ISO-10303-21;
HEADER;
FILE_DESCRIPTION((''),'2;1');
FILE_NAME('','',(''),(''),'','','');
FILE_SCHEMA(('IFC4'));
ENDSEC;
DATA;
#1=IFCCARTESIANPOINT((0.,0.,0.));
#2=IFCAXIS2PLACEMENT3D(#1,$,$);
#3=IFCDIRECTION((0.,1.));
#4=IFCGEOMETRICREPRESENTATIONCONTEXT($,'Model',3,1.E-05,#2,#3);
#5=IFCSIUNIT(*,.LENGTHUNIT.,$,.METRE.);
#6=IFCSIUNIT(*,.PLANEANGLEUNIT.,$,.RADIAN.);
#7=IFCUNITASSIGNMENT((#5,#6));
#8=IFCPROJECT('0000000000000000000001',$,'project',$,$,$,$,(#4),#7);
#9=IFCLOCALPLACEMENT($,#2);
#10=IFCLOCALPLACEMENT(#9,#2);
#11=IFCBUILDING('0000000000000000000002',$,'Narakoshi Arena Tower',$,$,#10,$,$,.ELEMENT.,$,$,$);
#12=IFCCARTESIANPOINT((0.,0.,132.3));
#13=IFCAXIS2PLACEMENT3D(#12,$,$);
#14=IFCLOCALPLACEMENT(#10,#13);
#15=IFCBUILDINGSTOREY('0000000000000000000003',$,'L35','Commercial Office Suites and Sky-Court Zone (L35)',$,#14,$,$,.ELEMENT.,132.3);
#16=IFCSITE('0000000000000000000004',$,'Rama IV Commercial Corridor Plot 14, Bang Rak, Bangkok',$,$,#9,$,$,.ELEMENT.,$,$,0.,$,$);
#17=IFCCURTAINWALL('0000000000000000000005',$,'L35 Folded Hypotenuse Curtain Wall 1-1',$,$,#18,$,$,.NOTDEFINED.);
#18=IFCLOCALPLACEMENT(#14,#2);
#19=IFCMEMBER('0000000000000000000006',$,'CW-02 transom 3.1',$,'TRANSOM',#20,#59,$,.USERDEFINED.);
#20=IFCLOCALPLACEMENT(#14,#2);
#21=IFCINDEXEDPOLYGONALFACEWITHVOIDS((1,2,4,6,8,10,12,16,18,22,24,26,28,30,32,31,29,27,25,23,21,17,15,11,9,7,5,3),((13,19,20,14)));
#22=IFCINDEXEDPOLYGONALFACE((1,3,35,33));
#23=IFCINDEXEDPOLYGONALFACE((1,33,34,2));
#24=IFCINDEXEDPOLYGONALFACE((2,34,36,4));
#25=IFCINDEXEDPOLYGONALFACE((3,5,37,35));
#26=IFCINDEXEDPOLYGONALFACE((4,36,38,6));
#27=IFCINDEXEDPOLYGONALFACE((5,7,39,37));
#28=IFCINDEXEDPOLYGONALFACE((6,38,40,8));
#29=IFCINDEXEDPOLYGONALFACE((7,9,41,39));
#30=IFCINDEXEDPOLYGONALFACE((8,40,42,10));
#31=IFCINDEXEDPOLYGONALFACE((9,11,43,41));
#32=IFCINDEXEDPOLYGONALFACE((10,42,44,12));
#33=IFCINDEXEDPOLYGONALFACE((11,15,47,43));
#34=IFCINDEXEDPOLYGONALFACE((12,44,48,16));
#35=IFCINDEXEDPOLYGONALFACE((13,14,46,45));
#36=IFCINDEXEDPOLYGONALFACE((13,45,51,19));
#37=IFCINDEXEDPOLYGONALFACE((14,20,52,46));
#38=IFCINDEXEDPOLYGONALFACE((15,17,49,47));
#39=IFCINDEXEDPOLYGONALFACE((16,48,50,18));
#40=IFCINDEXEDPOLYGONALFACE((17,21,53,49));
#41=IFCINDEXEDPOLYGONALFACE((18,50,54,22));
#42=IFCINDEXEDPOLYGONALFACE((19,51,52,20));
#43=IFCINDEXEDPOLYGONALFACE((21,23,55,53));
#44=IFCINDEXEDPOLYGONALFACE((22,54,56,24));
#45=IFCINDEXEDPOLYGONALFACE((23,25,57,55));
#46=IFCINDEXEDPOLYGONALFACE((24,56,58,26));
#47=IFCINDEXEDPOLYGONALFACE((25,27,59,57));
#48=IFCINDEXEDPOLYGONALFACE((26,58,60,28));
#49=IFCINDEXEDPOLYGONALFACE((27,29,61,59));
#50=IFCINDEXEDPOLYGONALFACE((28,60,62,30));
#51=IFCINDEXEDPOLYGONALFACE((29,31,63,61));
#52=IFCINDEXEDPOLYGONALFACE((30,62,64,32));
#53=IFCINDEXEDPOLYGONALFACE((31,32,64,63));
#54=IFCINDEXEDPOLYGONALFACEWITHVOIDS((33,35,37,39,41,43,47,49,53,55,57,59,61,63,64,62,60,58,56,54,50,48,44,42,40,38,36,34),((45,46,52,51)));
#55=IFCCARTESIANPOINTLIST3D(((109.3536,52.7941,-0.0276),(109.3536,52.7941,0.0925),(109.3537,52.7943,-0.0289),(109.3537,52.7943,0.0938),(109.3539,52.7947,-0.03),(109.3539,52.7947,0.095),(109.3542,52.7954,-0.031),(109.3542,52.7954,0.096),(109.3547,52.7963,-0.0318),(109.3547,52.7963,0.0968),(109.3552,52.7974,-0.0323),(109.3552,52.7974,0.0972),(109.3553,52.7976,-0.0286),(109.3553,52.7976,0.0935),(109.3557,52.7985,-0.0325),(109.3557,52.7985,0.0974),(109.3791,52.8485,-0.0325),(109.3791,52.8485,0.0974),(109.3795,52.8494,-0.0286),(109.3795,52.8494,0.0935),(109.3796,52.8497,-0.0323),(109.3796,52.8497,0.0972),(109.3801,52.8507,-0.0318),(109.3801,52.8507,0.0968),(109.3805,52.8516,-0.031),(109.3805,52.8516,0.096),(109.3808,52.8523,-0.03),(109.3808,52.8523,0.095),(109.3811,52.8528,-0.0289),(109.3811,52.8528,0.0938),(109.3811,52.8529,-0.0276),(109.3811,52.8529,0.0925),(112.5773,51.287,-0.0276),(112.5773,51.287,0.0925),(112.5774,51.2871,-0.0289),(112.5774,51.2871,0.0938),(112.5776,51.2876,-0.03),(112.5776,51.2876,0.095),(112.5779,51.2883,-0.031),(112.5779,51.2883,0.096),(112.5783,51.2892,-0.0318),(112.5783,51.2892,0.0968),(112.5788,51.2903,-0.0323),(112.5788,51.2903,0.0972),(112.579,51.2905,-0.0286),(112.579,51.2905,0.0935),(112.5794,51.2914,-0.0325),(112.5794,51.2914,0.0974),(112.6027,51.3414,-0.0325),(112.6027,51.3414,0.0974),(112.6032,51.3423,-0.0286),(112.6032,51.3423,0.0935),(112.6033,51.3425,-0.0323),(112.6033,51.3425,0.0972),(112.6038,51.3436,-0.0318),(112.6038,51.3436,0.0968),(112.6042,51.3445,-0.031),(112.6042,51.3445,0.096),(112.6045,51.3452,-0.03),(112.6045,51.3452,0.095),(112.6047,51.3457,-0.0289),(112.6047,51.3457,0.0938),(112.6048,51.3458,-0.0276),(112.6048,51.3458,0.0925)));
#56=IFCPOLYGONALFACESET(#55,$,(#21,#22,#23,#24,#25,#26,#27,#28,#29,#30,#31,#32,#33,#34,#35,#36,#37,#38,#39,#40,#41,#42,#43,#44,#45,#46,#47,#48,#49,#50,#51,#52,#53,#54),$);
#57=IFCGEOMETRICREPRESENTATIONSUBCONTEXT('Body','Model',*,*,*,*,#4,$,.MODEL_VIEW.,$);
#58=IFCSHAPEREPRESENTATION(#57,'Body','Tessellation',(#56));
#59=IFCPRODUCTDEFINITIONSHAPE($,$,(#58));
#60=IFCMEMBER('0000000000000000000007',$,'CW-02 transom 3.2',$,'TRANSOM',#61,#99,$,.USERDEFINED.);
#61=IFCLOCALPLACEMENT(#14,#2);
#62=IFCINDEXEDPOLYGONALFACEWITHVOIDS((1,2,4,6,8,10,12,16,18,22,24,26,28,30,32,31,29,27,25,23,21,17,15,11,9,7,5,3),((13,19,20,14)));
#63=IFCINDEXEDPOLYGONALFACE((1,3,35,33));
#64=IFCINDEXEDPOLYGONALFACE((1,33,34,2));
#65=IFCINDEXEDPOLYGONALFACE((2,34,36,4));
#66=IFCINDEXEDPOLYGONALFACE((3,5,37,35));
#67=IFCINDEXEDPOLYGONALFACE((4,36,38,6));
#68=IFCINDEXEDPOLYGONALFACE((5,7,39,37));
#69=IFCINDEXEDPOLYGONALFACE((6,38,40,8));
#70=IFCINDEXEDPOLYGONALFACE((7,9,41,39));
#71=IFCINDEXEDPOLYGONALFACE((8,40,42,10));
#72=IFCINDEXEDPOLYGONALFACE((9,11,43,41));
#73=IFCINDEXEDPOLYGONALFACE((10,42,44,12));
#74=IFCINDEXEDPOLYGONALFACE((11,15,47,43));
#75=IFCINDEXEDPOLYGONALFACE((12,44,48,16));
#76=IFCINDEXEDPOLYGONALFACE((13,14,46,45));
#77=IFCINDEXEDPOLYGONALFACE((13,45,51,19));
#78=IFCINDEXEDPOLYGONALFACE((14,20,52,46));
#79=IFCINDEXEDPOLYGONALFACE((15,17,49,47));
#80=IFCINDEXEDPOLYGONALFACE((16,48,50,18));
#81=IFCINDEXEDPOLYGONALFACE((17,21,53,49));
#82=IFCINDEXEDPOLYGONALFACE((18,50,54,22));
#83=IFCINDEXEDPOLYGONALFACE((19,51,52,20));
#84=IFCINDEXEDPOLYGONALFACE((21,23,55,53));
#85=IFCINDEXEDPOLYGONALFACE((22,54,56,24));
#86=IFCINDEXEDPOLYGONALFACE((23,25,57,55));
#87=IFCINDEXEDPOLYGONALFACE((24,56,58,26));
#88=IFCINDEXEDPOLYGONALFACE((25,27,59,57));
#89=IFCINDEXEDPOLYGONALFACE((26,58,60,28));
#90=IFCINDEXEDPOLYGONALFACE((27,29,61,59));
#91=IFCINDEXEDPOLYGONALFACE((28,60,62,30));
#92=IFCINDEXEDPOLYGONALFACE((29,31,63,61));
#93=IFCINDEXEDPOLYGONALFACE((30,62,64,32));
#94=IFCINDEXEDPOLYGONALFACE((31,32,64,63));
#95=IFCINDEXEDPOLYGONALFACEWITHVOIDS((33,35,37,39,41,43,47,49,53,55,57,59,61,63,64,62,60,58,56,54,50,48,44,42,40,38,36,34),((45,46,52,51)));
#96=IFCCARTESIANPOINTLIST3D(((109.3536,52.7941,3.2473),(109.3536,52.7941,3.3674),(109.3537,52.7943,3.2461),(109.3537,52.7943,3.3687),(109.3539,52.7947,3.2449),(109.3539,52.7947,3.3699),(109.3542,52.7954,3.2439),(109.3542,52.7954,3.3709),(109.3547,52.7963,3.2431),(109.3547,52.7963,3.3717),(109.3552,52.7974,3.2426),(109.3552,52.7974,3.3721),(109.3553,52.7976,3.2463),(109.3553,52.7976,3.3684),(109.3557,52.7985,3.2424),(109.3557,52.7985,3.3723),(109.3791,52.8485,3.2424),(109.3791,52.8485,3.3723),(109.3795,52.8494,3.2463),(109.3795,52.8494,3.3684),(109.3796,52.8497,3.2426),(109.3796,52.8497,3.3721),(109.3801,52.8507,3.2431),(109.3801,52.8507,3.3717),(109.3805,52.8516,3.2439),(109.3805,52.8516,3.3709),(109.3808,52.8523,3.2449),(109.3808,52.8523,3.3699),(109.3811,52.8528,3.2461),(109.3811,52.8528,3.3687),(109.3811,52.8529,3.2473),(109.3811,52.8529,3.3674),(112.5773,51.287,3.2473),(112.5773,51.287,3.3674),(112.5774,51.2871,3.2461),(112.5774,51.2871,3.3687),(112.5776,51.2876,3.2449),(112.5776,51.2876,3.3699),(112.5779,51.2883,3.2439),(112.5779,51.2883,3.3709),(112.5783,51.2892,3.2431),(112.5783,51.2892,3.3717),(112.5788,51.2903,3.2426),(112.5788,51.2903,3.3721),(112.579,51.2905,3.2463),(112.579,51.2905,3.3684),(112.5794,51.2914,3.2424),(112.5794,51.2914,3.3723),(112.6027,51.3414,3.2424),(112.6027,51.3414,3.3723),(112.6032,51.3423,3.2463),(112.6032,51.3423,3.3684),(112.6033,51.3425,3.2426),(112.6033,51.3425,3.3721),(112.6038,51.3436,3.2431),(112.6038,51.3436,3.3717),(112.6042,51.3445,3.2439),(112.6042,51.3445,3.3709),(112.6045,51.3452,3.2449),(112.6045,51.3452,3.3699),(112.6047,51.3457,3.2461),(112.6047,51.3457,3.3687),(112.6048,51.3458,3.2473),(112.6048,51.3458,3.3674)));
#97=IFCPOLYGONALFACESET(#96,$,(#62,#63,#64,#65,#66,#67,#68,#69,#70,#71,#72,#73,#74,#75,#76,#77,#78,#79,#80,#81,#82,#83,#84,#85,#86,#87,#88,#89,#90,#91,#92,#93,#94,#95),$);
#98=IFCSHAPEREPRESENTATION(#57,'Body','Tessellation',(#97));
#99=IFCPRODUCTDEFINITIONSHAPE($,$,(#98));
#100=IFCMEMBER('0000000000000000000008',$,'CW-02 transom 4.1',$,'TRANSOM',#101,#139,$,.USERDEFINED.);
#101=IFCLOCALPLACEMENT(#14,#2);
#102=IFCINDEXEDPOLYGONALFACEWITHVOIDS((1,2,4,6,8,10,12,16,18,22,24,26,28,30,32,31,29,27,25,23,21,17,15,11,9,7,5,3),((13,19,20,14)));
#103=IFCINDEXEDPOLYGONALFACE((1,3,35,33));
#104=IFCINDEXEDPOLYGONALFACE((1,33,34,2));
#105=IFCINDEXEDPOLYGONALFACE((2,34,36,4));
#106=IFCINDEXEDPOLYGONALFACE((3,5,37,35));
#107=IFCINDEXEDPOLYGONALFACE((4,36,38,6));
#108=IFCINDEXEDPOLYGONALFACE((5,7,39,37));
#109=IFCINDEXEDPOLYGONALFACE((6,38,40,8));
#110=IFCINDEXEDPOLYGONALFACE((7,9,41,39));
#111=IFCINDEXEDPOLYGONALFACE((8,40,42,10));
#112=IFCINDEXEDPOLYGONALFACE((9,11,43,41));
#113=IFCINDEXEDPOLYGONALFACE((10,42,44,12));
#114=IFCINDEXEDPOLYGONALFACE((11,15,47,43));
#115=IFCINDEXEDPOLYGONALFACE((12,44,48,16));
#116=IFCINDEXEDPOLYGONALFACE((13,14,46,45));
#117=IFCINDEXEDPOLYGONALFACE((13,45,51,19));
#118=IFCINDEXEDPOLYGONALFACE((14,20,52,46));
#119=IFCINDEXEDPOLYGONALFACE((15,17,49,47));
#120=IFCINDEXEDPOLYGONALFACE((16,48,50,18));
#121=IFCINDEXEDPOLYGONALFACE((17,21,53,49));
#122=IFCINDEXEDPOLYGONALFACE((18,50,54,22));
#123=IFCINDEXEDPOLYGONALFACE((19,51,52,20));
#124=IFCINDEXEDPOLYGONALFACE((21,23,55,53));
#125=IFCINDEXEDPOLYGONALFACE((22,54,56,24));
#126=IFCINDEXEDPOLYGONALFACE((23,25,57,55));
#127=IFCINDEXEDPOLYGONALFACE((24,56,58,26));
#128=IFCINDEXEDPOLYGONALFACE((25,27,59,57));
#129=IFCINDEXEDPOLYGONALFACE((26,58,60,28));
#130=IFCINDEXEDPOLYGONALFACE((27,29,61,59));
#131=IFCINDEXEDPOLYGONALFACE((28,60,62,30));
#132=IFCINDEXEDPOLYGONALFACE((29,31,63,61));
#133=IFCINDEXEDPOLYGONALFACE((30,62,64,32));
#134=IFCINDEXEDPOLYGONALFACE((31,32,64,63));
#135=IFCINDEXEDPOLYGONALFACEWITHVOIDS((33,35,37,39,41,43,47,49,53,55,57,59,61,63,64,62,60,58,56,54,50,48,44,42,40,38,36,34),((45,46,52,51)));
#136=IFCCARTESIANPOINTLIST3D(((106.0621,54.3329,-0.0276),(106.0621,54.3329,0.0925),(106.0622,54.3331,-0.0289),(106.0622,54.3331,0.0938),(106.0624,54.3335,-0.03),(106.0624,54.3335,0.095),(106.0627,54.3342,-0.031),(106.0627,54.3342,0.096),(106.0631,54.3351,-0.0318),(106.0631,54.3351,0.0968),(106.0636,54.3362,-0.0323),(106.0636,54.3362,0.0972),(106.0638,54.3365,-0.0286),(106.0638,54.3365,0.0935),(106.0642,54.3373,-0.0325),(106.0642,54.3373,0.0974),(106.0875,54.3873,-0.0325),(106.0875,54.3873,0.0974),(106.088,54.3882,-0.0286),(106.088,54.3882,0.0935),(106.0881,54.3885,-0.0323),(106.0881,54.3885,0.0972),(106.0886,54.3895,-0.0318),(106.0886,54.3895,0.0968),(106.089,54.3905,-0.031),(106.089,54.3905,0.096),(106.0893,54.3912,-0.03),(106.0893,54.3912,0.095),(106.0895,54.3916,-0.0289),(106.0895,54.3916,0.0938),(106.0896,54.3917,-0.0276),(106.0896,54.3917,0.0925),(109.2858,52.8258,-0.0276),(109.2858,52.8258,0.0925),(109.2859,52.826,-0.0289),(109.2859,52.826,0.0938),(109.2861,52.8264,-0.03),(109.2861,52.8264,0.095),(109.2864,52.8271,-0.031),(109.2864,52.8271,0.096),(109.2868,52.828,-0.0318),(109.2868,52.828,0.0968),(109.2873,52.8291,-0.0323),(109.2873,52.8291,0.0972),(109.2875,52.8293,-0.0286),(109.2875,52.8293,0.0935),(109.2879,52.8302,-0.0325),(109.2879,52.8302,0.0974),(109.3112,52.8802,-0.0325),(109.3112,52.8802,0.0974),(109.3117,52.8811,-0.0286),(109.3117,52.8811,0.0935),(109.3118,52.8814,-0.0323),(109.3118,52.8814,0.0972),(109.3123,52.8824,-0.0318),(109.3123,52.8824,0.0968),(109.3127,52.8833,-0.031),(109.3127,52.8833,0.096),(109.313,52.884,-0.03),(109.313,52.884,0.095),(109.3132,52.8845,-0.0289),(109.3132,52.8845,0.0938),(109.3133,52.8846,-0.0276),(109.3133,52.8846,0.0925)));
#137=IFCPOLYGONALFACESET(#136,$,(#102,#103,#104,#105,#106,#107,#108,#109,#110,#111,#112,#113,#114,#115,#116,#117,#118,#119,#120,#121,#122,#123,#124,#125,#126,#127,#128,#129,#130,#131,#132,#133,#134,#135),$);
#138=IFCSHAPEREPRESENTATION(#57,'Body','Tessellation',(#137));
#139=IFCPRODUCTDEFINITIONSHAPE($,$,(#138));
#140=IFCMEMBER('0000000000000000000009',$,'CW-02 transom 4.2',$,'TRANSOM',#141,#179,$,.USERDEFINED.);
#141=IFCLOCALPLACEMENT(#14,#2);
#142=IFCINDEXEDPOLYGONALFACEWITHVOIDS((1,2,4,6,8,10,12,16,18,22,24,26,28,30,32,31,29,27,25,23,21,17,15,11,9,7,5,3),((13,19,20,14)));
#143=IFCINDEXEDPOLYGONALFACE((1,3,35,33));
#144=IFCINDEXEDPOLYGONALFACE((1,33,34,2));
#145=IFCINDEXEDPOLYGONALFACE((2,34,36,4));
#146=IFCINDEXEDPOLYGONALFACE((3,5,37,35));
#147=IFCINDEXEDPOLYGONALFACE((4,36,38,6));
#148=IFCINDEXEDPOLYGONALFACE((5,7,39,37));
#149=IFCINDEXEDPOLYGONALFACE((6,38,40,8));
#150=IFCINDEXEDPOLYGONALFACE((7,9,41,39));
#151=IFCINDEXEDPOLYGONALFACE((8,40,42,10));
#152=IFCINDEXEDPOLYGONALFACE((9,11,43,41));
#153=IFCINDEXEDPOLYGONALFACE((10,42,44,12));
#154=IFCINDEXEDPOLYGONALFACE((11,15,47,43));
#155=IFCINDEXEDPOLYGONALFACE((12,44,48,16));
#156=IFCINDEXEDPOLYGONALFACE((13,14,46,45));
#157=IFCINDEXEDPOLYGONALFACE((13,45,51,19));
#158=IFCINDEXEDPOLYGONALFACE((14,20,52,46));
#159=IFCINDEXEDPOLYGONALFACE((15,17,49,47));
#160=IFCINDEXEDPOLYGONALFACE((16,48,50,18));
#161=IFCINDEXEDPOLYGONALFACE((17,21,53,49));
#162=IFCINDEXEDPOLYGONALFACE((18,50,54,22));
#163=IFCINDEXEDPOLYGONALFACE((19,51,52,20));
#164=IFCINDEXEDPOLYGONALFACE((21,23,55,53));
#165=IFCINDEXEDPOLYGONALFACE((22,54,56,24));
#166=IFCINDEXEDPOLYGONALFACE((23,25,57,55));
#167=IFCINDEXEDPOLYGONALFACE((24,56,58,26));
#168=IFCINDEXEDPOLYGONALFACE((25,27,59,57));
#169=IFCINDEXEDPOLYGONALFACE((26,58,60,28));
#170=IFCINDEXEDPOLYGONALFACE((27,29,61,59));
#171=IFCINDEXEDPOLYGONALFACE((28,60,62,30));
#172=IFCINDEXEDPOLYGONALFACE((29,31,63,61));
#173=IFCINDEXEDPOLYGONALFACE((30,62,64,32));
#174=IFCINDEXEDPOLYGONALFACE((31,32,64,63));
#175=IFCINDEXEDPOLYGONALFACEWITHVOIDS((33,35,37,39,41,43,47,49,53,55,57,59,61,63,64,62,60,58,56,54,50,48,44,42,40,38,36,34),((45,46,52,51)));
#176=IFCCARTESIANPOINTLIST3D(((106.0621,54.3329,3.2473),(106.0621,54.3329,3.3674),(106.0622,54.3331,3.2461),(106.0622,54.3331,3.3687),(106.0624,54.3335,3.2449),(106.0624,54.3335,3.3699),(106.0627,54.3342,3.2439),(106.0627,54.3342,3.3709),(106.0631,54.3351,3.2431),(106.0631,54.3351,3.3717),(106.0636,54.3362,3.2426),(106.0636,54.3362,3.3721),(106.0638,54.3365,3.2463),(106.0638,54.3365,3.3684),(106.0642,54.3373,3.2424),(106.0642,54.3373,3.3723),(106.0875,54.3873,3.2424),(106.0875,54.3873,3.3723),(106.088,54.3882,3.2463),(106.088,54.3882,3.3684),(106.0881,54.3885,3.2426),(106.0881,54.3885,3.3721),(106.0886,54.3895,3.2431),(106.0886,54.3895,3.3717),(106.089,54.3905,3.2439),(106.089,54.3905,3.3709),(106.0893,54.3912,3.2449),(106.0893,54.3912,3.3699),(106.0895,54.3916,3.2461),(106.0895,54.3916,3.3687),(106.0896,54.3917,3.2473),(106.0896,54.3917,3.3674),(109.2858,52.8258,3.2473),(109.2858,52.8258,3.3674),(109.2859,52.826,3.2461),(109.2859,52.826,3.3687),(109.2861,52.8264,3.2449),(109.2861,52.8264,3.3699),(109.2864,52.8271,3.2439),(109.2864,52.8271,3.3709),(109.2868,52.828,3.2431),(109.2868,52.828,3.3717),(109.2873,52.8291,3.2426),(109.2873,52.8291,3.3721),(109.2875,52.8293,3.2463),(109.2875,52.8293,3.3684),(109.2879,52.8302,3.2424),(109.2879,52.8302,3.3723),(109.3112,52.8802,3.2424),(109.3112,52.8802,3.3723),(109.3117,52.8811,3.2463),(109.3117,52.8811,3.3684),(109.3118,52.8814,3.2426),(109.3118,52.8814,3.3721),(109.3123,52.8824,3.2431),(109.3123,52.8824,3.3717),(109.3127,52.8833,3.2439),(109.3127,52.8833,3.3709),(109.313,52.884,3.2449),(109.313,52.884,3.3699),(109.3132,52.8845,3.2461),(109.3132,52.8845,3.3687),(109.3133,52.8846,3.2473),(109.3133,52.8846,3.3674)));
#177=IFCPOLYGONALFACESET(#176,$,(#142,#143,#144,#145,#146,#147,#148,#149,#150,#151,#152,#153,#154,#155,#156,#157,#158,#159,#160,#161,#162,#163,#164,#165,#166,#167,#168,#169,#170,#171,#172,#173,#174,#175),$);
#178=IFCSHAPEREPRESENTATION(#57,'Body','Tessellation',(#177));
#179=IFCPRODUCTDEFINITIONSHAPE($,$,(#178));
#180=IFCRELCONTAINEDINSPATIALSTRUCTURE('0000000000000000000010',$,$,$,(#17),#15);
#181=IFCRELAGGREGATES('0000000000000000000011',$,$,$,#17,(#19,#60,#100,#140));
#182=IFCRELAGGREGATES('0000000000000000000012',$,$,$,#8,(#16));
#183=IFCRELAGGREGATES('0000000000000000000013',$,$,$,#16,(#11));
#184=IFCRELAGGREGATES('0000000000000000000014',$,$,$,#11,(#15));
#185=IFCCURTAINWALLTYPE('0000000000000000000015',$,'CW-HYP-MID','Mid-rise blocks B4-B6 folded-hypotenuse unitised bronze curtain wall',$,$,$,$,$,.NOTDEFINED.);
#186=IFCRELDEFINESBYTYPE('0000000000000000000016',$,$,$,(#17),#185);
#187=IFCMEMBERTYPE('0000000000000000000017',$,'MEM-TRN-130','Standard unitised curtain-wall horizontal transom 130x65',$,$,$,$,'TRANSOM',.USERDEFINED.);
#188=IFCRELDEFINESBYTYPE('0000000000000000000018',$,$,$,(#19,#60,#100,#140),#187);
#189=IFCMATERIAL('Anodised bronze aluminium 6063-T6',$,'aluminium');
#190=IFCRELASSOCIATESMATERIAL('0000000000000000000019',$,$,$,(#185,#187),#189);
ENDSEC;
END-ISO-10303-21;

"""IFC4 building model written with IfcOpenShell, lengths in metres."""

from ifc_helpers import new_model, si_unit, direction, frame, origin, origin_2d, place, context, subcontext, project, spatial, hollow_rectangle, extrude, material, material_profile, profile_set, type_object, element, aggregate, save


model = new_model("IFC4")

# Units and contexts
model_context = context("Model", 3, precision=1e-05, world=origin(), true_north=direction((0.0, 1.0)))
body_context = subcontext(model_context, "Body", "Model", "MODEL_VIEW")
ifc_project = project(units=[si_unit("LENGTHUNIT", "METRE"), si_unit("PLANEANGLEUNIT", "RADIAN")], contexts=[model_context])

# Site, building, storey
site_placement = place(None, origin())
site = spatial("IfcSite", under=ifc_project, at=site_placement, Name="Rama IV Commercial Corridor Plot 14, Bang Rak, Bangkok", CompositionType="ELEMENT", RefElevation=0.0)
building_placement = place(site_placement, origin())
building = spatial("IfcBuilding", under=site, at=building_placement, Name="Narakoshi Arena Tower", CompositionType="ELEMENT")
storey_placement = place(building_placement, frame((0.0, 0.0, 132.3)))
storey = spatial("IfcBuildingStorey", under=building, at=storey_placement, Name="L35", Description="Commercial Office Suites and Sky-Court Zone (L35)", CompositionType="ELEMENT", Elevation=132.3)

# Curtain wall, members
ifc_material_1 = material(Name="Anodised bronze aluminium 6063-T6", Category="aluminium")
curtain_wall_type = type_object("IfcCurtainWallType", Name="CW-HYP-MID", Description="Mid-rise blocks B4-B6 folded-hypotenuse unitised bronze curtain wall", PredefinedType="NOTDEFINED", material=ifc_material_1)
curtain_wall_placement = place(storey_placement, origin())
curtain_wall = element("IfcCurtainWall", 1, at=curtain_wall_placement, inside=storey, type_object=curtain_wall_type, Name="L35 Folded Hypotenuse Curtain Wall 1-1", PredefinedType="NOTDEFINED")
ifc_material_profile_1 = material_profile(ifc_material_1, hollow_rectangle(XDim=0.0649, YDim=0.1299, WallThickness=0.0039, OuterFilletRadius=0.0049, at=origin_2d()), Name="TRN130x65x4")
ifc_profile_set_1 = profile_set([ifc_material_profile_1], Name="Anodised bronze aluminium 6063-T6")
member_type_1 = type_object("IfcMemberType", Name="MEM-TRN-130", Description="Standard unitised curtain-wall horizontal transom 130x65", ElementType="TRANSOM", PredefinedType="USERDEFINED", material=ifc_profile_set_1)
member_1_placement = place(storey_placement, frame((112.5911, 51.3164, 0.0325), z_axis=(-0.90589, 0.423513, 0.0), x_axis=(-0.423513, -0.90589, 0.0)))
member_1 = element("IfcMember", 2, at=member_1_placement, type_object=member_type_1, Name="CW-02 transom 3.1", ObjectType="TRANSOM", PredefinedType="USERDEFINED", context=body_context, shape_type="SweptSolid", body=[
    extrude(hollow_rectangle(XDim=0.0649, YDim=0.1299, WallThickness=0.0039, OuterFilletRadius=0.0049, at=origin_2d()), origin(), (0.0, 0.0, 1.0), 3.5586),
])
member_2_placement = place(storey_placement, frame((112.5911, 51.3164, 3.3074), z_axis=(-0.90589, 0.423513, 0.0), x_axis=(-0.423513, -0.90589, 0.0)))
member_2 = element("IfcMember", 3, at=member_2_placement, type_object=member_type_1, Name="CW-02 transom 3.2", ObjectType="TRANSOM", PredefinedType="USERDEFINED", context=body_context, shape_type="SweptSolid", body=[
    extrude(hollow_rectangle(XDim=0.0649, YDim=0.1299, WallThickness=0.0039, OuterFilletRadius=0.0049, at=origin_2d()), origin(), (0.0, 0.0, 1.0), 3.5586),
])
member_3_placement = place(storey_placement, frame((109.2996, 52.8552, 0.0325), z_axis=(-0.90589, 0.423513, 0.0), x_axis=(-0.423513, -0.90589, 0.0)))
member_3 = element("IfcMember", 4, at=member_3_placement, type_object=member_type_1, Name="CW-02 transom 4.1", ObjectType="TRANSOM", PredefinedType="USERDEFINED", context=body_context, shape_type="SweptSolid", body=[
    extrude(hollow_rectangle(XDim=0.0649, YDim=0.1299, WallThickness=0.0039, OuterFilletRadius=0.0049, at=origin_2d()), origin(), (0.0, 0.0, 1.0), 3.5586),
])
member_4_placement = place(storey_placement, frame((109.2996, 52.8552, 3.3074), z_axis=(-0.90589, 0.423513, 0.0), x_axis=(-0.423513, -0.90589, 0.0)))
member_4 = element("IfcMember", 5, at=member_4_placement, type_object=member_type_1, Name="CW-02 transom 4.2", ObjectType="TRANSOM", PredefinedType="USERDEFINED", context=body_context, shape_type="SweptSolid", body=[
    extrude(hollow_rectangle(XDim=0.0649, YDim=0.1299, WallThickness=0.0039, OuterFilletRadius=0.0049, at=origin_2d()), origin(), (0.0, 0.0, 1.0), 3.5586),
])
aggregate(curtain_wall, [member_1, member_2, member_3, member_4])

save(model, "model.ifc")
